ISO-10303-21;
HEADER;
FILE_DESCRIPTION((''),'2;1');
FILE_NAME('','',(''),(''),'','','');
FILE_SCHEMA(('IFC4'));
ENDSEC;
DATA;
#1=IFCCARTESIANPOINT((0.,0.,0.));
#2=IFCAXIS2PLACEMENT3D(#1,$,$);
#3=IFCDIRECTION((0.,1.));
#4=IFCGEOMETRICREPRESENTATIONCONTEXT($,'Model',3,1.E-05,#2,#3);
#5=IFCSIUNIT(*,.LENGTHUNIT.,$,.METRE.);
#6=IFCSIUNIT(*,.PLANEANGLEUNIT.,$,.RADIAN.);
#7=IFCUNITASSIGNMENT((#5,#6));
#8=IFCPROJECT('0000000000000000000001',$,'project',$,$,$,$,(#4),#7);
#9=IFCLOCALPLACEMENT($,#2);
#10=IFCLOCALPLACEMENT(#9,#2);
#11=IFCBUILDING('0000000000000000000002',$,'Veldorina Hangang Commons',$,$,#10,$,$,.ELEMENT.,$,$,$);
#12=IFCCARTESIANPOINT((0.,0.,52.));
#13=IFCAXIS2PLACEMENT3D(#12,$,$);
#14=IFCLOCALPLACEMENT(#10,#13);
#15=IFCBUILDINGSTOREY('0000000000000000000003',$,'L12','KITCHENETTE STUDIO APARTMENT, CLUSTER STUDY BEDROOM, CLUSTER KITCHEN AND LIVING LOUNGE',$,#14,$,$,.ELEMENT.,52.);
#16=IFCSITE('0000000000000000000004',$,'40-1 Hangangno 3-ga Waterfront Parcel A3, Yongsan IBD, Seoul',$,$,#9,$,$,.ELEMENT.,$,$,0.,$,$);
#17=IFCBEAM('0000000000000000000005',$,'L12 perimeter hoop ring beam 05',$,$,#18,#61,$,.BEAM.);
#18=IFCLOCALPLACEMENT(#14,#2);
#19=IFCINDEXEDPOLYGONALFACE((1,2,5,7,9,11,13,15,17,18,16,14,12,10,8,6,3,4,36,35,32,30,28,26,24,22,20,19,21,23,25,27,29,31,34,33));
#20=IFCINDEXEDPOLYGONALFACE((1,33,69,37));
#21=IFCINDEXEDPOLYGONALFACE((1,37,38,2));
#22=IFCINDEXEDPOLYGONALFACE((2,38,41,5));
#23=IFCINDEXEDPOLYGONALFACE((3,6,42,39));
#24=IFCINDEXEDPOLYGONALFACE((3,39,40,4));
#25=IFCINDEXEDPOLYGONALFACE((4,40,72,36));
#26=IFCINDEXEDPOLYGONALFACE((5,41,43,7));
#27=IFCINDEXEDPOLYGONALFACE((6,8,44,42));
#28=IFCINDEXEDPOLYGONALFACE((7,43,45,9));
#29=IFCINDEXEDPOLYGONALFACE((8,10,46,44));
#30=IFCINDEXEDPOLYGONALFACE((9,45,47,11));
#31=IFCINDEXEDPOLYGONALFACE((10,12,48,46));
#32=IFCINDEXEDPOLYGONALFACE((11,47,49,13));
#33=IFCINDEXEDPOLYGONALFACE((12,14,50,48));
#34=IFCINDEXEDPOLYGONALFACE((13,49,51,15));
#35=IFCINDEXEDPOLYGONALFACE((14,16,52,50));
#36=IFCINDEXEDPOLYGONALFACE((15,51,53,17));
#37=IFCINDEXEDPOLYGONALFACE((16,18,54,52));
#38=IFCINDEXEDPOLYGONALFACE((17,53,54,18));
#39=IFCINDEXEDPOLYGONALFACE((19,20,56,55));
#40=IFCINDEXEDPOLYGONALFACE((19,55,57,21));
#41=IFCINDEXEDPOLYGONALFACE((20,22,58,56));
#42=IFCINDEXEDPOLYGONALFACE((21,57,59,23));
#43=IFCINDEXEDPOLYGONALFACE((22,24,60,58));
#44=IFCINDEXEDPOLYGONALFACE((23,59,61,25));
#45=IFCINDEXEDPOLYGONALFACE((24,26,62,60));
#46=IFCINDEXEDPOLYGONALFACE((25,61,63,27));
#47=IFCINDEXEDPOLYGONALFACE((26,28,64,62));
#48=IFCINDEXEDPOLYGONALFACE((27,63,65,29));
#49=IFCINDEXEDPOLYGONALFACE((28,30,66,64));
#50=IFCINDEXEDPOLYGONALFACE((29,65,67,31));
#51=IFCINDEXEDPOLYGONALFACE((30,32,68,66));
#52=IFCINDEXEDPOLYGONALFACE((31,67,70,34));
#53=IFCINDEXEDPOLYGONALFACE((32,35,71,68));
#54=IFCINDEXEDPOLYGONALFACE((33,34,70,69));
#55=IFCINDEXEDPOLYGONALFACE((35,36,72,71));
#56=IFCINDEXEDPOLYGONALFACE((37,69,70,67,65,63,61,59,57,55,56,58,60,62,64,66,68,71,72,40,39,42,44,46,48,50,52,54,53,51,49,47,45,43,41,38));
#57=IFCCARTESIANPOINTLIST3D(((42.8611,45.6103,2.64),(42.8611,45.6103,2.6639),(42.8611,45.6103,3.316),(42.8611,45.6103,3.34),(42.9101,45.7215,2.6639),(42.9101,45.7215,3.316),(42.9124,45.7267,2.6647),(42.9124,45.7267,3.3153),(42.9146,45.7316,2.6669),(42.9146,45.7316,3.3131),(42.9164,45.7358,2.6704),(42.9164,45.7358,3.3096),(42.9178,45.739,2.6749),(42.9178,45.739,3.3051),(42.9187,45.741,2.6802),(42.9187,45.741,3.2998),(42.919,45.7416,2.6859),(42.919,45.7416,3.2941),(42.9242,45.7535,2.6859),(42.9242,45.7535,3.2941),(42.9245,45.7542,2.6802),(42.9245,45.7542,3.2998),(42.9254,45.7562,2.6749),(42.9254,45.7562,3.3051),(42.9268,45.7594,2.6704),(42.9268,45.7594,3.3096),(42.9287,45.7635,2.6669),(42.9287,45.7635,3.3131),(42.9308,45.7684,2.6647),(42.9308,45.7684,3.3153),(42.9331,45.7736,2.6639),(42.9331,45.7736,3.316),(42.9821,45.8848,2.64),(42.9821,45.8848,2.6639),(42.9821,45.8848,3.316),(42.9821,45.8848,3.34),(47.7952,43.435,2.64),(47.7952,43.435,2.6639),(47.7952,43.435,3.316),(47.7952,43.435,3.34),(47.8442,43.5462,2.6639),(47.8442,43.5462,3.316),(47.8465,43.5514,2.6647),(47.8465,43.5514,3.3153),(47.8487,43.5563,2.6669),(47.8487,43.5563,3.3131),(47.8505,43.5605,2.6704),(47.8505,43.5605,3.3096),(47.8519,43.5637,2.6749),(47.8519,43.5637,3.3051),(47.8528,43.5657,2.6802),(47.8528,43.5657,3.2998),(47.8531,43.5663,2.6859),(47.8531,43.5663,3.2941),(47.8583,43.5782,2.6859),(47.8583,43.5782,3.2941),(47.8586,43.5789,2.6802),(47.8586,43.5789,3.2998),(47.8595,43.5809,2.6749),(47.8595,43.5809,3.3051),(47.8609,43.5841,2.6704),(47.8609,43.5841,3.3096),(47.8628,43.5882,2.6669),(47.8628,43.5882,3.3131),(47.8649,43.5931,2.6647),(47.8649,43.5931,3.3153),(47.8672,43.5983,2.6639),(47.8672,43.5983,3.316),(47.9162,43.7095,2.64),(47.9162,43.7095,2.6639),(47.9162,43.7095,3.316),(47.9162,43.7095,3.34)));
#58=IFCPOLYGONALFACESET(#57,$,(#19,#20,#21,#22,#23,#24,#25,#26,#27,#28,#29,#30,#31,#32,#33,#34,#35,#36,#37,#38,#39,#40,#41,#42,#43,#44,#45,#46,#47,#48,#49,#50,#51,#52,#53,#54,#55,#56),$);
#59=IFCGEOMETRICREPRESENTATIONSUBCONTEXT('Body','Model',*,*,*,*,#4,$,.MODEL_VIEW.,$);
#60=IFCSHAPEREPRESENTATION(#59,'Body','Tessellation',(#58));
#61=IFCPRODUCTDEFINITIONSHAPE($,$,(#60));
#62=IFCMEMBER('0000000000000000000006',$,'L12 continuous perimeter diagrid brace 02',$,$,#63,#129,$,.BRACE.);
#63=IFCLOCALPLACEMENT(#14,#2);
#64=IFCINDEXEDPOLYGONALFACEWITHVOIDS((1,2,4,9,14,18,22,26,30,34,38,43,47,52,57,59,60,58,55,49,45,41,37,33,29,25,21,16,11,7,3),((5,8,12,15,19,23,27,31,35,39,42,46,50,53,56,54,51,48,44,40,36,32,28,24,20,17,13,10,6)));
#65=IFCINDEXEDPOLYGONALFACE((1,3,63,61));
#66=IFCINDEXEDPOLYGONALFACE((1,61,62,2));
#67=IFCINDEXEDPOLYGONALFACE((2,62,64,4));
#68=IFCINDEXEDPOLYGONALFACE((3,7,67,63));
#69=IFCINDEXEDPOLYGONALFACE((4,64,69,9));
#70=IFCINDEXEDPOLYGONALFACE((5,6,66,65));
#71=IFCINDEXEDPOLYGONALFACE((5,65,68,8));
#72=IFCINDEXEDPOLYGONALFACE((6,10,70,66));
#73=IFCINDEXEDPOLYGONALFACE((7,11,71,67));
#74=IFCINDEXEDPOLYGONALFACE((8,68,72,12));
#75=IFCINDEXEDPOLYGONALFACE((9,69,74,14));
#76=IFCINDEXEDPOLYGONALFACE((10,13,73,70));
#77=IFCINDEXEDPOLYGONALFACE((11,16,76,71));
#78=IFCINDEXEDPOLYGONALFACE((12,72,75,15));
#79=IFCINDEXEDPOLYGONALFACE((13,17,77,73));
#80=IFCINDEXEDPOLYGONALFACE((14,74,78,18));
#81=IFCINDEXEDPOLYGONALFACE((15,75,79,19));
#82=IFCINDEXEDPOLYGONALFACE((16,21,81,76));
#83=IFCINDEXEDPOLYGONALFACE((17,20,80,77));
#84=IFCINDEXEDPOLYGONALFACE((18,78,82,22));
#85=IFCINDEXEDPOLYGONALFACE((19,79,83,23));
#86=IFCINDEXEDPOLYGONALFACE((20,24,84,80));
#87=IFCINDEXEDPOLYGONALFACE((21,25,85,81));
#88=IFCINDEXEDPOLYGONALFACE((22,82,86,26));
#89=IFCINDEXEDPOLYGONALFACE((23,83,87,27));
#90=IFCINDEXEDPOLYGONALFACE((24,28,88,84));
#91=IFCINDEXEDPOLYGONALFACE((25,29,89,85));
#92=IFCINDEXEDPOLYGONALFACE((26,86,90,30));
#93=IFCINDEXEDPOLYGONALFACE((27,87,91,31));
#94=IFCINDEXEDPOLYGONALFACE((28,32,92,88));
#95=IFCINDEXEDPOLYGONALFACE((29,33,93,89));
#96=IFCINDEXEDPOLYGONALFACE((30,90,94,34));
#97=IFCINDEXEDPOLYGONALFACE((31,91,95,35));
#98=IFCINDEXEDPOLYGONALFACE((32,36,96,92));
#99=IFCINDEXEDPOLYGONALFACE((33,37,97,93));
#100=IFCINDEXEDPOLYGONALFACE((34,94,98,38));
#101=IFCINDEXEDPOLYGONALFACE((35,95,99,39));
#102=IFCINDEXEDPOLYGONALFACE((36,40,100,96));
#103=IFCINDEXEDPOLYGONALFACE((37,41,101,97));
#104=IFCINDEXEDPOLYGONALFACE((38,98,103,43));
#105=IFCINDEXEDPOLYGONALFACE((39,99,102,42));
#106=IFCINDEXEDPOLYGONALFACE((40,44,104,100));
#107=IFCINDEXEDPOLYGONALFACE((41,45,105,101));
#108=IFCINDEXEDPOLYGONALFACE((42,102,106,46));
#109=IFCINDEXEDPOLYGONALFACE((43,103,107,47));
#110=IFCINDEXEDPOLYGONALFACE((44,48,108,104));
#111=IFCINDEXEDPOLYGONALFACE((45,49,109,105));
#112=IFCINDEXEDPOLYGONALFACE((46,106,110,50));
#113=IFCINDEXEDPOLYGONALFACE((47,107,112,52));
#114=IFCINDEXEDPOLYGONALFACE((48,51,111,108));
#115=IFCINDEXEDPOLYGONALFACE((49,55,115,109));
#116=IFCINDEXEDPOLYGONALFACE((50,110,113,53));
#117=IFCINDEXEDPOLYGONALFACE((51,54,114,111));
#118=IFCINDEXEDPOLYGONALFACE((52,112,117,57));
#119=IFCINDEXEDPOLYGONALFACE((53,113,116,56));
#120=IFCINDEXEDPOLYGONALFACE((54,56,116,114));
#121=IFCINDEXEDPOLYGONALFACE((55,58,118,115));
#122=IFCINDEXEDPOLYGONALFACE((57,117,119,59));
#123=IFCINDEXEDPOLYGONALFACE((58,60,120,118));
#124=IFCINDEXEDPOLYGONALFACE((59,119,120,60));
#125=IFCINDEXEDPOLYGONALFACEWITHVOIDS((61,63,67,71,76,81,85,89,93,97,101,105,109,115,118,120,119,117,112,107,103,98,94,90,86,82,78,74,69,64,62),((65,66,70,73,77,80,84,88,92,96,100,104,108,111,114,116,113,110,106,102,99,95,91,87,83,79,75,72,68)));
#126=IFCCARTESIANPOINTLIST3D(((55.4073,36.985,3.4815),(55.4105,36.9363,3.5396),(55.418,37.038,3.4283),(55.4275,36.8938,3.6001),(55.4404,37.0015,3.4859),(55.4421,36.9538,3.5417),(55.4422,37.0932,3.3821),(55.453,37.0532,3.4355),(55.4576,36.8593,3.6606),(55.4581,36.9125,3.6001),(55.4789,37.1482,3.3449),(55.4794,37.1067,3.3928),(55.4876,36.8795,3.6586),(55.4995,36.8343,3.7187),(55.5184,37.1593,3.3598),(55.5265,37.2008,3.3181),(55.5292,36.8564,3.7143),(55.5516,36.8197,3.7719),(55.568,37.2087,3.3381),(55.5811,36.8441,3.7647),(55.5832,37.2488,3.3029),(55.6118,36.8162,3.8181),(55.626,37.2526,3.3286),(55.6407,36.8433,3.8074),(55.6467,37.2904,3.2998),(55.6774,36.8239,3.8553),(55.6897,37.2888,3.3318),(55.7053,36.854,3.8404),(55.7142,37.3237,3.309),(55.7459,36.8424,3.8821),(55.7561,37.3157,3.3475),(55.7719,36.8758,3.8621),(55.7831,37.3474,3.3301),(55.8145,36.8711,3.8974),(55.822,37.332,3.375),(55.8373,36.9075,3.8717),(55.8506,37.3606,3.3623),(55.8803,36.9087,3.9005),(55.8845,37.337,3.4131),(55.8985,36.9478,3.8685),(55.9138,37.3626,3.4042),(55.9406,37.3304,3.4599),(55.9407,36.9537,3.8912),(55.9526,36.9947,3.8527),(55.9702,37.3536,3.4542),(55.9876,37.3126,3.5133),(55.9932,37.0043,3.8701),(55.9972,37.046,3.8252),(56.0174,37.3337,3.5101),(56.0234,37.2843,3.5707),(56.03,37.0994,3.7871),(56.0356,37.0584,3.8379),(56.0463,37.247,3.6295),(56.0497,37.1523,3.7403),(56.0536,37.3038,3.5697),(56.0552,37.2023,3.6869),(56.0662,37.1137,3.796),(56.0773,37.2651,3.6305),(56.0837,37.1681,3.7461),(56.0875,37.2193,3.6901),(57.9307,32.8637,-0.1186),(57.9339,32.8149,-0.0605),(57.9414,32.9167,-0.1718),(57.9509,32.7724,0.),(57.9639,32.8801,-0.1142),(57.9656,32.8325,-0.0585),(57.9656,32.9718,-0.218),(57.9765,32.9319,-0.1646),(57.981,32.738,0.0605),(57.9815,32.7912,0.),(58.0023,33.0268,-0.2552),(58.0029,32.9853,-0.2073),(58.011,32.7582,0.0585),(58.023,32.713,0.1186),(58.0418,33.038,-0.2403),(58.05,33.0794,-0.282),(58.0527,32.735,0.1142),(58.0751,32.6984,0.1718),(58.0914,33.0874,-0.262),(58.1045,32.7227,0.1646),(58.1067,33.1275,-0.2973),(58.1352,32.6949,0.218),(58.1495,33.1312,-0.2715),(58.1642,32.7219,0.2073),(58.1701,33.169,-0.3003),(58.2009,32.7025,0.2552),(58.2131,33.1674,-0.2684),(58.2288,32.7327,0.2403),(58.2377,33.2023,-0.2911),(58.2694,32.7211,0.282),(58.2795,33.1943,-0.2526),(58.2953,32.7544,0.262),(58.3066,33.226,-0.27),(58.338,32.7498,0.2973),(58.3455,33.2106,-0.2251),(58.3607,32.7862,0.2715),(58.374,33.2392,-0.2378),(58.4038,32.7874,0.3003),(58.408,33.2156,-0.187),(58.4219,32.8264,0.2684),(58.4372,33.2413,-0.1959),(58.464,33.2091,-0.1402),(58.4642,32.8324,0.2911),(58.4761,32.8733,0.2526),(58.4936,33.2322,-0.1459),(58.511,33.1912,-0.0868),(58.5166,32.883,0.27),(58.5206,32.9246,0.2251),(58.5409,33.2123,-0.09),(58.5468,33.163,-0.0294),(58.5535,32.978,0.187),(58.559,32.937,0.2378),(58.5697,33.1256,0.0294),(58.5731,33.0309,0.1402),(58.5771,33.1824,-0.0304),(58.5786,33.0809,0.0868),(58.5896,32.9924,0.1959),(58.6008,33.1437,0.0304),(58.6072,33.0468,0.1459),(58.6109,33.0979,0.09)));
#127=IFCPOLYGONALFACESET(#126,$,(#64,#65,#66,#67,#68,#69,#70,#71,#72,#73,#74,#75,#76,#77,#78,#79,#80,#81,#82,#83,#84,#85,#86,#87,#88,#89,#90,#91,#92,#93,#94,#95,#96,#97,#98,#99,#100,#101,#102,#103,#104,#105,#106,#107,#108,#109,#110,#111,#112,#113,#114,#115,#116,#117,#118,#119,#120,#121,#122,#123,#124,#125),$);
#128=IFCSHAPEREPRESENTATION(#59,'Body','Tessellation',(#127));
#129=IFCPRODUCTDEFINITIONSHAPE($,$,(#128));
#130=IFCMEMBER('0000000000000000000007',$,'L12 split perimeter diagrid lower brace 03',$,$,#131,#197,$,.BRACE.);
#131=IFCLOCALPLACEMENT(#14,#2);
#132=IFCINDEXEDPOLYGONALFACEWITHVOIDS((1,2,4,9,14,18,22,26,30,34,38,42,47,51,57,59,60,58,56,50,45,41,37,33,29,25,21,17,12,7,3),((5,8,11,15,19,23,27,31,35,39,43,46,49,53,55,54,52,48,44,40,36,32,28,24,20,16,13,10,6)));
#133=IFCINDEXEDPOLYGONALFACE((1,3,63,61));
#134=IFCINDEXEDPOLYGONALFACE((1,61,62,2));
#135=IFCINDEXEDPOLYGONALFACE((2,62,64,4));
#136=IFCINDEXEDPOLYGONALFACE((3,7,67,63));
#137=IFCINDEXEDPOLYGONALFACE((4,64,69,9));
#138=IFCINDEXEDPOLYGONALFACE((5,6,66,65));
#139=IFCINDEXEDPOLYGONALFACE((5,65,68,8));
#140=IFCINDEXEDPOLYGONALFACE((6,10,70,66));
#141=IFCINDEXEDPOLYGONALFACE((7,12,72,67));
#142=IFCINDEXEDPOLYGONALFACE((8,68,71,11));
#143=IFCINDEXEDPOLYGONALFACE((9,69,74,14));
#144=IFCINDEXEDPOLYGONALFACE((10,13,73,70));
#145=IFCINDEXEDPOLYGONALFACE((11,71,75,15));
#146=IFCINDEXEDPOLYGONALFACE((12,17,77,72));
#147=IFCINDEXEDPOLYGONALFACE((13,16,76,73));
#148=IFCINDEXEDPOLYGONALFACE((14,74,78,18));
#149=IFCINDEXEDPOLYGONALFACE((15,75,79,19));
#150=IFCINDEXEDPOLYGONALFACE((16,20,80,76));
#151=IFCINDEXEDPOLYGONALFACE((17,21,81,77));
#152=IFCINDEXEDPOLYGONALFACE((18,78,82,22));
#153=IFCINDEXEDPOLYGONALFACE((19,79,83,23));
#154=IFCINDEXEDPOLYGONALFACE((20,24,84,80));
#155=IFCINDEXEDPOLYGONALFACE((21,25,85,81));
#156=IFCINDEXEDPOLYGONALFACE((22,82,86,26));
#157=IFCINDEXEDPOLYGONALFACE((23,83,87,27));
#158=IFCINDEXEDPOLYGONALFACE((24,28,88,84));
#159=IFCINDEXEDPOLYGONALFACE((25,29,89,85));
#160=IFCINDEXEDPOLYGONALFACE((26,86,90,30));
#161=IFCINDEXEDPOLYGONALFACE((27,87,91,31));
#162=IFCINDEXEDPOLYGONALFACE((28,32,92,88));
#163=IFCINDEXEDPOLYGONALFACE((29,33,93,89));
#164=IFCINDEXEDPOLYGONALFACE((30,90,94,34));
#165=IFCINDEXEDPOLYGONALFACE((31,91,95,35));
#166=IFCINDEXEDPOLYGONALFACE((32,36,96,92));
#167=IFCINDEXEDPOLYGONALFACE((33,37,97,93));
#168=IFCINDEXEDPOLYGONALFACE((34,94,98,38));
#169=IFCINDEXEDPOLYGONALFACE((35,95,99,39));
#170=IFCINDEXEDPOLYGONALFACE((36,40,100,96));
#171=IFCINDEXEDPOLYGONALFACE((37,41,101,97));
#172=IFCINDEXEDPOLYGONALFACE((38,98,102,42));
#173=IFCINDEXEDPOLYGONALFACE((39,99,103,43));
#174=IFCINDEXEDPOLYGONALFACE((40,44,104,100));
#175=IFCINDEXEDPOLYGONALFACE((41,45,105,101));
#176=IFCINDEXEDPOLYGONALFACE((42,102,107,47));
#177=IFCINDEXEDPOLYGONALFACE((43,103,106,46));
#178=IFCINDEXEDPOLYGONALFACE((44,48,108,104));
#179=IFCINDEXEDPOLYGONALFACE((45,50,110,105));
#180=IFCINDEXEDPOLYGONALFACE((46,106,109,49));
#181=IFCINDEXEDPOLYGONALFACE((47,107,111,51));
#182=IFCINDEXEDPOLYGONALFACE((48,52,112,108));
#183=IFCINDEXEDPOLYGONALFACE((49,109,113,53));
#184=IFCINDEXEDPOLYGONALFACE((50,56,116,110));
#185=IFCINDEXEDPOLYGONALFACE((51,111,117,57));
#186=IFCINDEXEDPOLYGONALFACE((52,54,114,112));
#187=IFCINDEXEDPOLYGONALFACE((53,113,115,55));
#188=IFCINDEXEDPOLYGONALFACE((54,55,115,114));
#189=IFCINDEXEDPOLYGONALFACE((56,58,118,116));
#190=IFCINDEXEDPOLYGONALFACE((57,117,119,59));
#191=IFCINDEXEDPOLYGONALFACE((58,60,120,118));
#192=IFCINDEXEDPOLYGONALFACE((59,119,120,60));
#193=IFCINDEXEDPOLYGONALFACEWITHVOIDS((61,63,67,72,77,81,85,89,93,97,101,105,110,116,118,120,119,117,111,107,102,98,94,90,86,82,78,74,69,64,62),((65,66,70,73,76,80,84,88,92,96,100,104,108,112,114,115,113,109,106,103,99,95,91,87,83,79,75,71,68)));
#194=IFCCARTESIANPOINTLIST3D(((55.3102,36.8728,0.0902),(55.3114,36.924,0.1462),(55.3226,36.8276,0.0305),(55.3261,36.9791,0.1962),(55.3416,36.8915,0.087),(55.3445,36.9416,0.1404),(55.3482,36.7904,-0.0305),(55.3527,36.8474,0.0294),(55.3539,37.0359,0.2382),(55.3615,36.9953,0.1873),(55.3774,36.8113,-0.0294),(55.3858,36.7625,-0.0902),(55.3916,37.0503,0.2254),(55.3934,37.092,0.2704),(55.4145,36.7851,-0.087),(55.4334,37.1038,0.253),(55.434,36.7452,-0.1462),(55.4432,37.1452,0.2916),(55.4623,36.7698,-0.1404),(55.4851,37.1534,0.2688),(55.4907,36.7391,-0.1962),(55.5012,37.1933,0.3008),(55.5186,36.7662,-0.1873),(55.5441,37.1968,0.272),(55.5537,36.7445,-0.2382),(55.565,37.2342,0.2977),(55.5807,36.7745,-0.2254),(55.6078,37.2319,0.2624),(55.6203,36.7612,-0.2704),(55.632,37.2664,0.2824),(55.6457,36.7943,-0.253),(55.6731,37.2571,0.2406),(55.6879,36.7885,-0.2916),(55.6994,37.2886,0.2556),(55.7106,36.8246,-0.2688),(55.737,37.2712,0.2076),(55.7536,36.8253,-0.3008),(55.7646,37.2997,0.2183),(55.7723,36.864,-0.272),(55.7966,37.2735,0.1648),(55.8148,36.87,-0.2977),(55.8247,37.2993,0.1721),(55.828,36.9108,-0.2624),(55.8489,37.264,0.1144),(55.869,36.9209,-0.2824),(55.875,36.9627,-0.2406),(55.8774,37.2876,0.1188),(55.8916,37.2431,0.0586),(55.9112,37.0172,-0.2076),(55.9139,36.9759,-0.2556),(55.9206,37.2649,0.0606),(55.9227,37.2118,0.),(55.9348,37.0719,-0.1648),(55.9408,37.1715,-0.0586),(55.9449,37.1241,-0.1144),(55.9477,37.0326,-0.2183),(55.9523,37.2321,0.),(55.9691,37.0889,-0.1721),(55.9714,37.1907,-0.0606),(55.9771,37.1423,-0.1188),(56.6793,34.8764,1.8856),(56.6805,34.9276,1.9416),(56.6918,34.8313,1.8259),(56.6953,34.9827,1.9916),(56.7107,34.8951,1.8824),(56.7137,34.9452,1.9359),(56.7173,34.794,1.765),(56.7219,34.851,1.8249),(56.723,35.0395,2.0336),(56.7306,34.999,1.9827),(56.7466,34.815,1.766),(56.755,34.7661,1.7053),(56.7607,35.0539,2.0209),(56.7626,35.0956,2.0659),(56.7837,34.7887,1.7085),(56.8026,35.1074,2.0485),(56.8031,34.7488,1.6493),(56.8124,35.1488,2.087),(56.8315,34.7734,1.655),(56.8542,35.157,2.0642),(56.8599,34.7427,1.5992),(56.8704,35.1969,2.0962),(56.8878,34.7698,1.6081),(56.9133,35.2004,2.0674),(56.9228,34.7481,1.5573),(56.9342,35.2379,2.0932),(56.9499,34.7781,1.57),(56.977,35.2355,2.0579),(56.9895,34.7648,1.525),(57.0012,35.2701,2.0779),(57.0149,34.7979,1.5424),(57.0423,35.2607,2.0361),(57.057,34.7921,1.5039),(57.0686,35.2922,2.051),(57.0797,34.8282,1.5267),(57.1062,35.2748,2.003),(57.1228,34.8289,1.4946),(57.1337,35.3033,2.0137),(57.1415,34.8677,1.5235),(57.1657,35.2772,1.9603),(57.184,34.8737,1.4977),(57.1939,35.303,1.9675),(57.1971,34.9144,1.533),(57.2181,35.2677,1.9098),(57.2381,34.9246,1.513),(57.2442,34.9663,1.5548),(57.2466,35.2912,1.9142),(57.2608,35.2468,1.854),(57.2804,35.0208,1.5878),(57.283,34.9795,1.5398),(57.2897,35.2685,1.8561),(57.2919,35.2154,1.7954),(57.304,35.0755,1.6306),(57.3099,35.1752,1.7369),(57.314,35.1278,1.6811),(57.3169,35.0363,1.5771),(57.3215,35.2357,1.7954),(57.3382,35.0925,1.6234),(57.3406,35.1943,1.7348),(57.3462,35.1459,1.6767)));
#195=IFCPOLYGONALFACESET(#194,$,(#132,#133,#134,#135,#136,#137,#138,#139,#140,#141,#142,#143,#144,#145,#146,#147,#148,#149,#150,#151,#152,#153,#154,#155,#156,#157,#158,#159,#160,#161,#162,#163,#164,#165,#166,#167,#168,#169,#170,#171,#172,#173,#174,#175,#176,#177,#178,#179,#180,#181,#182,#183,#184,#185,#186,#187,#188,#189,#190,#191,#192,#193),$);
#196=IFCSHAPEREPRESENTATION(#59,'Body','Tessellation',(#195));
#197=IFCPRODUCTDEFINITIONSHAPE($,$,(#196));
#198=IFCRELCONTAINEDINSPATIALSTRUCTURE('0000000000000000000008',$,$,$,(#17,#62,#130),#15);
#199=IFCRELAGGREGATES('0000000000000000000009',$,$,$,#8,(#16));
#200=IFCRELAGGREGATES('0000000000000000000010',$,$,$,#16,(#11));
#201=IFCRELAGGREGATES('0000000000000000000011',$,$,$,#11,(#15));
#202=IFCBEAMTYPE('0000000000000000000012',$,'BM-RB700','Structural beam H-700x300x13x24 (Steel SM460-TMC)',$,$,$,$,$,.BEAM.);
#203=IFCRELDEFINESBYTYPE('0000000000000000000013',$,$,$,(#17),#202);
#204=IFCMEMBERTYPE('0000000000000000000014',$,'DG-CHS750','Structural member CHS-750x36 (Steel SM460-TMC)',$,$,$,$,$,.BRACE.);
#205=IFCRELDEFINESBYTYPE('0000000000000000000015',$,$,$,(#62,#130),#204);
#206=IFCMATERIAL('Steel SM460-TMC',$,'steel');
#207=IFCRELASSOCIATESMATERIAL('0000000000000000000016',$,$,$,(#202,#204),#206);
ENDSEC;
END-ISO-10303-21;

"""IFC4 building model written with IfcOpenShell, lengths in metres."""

from ifc_helpers import new_model, si_unit, direction, frame, origin, origin_2d, place, context, subcontext, project, spatial, hollow_circle, i_section, extrude, material, material_profile, profile_set, type_object, element, save


model = new_model("IFC4")

# Units and contexts
model_context = context("Model", 3, precision=1e-05, world=origin(), true_north=direction((0.0, 1.0)))
body_context = subcontext(model_context, "Body", "Model", "MODEL_VIEW")
ifc_project = project(units=[si_unit("LENGTHUNIT", "METRE"), si_unit("PLANEANGLEUNIT", "RADIAN")], contexts=[model_context])

# Site, building, storey
site_placement = place(None, origin())
site = spatial("IfcSite", under=ifc_project, at=site_placement, Name="40-1 Hangangno 3-ga Waterfront Parcel A3, Yongsan IBD, Seoul", CompositionType="ELEMENT", RefElevation=0.0)
building_placement = place(site_placement, origin())
building = spatial("IfcBuilding", under=site, at=building_placement, Name="Veldorina Hangang Commons", CompositionType="ELEMENT")
storey_placement = place(building_placement, frame((0.0, 0.0, 52.0)))
storey = spatial("IfcBuildingStorey", under=building, at=storey_placement, Name="L12", Description="KITCHENETTE STUDIO APARTMENT, CLUSTER STUDY BEDROOM, CLUSTER KITCHEN AND LIVING LOUNGE", CompositionType="ELEMENT", Elevation=52.0)

# Beam
ifc_material_1 = material(Name="Steel SM460-TMC", Category="steel")
ifc_material_profile_1 = material_profile(ifc_material_1, i_section(OverallWidth=0.3, OverallDepth=0.7, WebThickness=0.0129, FlangeThickness=0.0239, FilletRadius=0.022, at=origin_2d()), Name="H-700x300x13x24")
ifc_profile_set_1 = profile_set([ifc_material_profile_1], Name="Steel SM460-TMC")
beam_type_1 = type_object("IfcBeamType", Name="BM-RB700", Description="Structural beam H-700x300x13x24 (Steel SM460-TMC)", PredefinedType="BEAM", material=ifc_profile_set_1)
beam_1_placement = place(storey_placement, frame((47.8557, 43.5723, 2.99), z_axis=(-0.915021, 0.403406, 0.0), x_axis=(-0.403406, -0.915021, 0.0)))
element("IfcBeam", 1, at=beam_1_placement, inside=storey, type_object=beam_type_1, Name="L12 perimeter hoop ring beam 05", PredefinedType="BEAM", context=body_context, shape_type="SweptSolid", body=[
    extrude(i_section(OverallWidth=0.3, OverallDepth=0.7, WebThickness=0.0129, FlangeThickness=0.0239, FilletRadius=0.022, at=origin_2d()), origin(), (0.0, 0.0, 1.0), 5.3923),
])

# Members
ifc_material_profile_2 = material_profile(ifc_material_1, hollow_circle(Radius=0.375, WallThickness=0.0359, at=origin_2d()), Name="CHS-750x36")
ifc_profile_set_2 = profile_set([ifc_material_profile_2], Name="Steel SM460-TMC")
member_type = type_object("IfcMemberType", Name="DG-CHS750", Description="Structural member CHS-750x36 (Steel SM460-TMC)", PredefinedType="BRACE", material=ifc_profile_set_2)
member_1_placement = place(storey_placement, frame((58.2708, 32.9683, 0.0), z_axis=(-0.418751, 0.683915, 0.597418), x_axis=(-0.852836, -0.522179, 0.0)))
element("IfcMember", 2, at=member_1_placement, inside=storey, type_object=member_type, Name="L12 continuous perimeter diagrid brace 02", PredefinedType="BRACE", context=body_context, shape_type="SweptSolid", body=[
    extrude(hollow_circle(Radius=0.375, WallThickness=0.0359, at=origin_2d()), origin(), (0.0, 0.0, 1.0), 6.0261),
])
member_2_placement = place(storey_placement, frame((55.6431, 37.02, 0.0), z_axis=(0.45428, -0.662384, 0.595716), x_axis=(0.824686, 0.565591, 0.0)))
element("IfcMember", 3, at=member_2_placement, inside=storey, type_object=member_type, Name="L12 split perimeter diagrid lower brace 03", PredefinedType="BRACE", context=body_context, shape_type="SweptSolid", body=[
    extrude(hollow_circle(Radius=0.375, WallThickness=0.0359, at=origin_2d()), origin(), (0.0, 0.0, 1.0), 3.0139),
])

save(model, "model.ifc")
